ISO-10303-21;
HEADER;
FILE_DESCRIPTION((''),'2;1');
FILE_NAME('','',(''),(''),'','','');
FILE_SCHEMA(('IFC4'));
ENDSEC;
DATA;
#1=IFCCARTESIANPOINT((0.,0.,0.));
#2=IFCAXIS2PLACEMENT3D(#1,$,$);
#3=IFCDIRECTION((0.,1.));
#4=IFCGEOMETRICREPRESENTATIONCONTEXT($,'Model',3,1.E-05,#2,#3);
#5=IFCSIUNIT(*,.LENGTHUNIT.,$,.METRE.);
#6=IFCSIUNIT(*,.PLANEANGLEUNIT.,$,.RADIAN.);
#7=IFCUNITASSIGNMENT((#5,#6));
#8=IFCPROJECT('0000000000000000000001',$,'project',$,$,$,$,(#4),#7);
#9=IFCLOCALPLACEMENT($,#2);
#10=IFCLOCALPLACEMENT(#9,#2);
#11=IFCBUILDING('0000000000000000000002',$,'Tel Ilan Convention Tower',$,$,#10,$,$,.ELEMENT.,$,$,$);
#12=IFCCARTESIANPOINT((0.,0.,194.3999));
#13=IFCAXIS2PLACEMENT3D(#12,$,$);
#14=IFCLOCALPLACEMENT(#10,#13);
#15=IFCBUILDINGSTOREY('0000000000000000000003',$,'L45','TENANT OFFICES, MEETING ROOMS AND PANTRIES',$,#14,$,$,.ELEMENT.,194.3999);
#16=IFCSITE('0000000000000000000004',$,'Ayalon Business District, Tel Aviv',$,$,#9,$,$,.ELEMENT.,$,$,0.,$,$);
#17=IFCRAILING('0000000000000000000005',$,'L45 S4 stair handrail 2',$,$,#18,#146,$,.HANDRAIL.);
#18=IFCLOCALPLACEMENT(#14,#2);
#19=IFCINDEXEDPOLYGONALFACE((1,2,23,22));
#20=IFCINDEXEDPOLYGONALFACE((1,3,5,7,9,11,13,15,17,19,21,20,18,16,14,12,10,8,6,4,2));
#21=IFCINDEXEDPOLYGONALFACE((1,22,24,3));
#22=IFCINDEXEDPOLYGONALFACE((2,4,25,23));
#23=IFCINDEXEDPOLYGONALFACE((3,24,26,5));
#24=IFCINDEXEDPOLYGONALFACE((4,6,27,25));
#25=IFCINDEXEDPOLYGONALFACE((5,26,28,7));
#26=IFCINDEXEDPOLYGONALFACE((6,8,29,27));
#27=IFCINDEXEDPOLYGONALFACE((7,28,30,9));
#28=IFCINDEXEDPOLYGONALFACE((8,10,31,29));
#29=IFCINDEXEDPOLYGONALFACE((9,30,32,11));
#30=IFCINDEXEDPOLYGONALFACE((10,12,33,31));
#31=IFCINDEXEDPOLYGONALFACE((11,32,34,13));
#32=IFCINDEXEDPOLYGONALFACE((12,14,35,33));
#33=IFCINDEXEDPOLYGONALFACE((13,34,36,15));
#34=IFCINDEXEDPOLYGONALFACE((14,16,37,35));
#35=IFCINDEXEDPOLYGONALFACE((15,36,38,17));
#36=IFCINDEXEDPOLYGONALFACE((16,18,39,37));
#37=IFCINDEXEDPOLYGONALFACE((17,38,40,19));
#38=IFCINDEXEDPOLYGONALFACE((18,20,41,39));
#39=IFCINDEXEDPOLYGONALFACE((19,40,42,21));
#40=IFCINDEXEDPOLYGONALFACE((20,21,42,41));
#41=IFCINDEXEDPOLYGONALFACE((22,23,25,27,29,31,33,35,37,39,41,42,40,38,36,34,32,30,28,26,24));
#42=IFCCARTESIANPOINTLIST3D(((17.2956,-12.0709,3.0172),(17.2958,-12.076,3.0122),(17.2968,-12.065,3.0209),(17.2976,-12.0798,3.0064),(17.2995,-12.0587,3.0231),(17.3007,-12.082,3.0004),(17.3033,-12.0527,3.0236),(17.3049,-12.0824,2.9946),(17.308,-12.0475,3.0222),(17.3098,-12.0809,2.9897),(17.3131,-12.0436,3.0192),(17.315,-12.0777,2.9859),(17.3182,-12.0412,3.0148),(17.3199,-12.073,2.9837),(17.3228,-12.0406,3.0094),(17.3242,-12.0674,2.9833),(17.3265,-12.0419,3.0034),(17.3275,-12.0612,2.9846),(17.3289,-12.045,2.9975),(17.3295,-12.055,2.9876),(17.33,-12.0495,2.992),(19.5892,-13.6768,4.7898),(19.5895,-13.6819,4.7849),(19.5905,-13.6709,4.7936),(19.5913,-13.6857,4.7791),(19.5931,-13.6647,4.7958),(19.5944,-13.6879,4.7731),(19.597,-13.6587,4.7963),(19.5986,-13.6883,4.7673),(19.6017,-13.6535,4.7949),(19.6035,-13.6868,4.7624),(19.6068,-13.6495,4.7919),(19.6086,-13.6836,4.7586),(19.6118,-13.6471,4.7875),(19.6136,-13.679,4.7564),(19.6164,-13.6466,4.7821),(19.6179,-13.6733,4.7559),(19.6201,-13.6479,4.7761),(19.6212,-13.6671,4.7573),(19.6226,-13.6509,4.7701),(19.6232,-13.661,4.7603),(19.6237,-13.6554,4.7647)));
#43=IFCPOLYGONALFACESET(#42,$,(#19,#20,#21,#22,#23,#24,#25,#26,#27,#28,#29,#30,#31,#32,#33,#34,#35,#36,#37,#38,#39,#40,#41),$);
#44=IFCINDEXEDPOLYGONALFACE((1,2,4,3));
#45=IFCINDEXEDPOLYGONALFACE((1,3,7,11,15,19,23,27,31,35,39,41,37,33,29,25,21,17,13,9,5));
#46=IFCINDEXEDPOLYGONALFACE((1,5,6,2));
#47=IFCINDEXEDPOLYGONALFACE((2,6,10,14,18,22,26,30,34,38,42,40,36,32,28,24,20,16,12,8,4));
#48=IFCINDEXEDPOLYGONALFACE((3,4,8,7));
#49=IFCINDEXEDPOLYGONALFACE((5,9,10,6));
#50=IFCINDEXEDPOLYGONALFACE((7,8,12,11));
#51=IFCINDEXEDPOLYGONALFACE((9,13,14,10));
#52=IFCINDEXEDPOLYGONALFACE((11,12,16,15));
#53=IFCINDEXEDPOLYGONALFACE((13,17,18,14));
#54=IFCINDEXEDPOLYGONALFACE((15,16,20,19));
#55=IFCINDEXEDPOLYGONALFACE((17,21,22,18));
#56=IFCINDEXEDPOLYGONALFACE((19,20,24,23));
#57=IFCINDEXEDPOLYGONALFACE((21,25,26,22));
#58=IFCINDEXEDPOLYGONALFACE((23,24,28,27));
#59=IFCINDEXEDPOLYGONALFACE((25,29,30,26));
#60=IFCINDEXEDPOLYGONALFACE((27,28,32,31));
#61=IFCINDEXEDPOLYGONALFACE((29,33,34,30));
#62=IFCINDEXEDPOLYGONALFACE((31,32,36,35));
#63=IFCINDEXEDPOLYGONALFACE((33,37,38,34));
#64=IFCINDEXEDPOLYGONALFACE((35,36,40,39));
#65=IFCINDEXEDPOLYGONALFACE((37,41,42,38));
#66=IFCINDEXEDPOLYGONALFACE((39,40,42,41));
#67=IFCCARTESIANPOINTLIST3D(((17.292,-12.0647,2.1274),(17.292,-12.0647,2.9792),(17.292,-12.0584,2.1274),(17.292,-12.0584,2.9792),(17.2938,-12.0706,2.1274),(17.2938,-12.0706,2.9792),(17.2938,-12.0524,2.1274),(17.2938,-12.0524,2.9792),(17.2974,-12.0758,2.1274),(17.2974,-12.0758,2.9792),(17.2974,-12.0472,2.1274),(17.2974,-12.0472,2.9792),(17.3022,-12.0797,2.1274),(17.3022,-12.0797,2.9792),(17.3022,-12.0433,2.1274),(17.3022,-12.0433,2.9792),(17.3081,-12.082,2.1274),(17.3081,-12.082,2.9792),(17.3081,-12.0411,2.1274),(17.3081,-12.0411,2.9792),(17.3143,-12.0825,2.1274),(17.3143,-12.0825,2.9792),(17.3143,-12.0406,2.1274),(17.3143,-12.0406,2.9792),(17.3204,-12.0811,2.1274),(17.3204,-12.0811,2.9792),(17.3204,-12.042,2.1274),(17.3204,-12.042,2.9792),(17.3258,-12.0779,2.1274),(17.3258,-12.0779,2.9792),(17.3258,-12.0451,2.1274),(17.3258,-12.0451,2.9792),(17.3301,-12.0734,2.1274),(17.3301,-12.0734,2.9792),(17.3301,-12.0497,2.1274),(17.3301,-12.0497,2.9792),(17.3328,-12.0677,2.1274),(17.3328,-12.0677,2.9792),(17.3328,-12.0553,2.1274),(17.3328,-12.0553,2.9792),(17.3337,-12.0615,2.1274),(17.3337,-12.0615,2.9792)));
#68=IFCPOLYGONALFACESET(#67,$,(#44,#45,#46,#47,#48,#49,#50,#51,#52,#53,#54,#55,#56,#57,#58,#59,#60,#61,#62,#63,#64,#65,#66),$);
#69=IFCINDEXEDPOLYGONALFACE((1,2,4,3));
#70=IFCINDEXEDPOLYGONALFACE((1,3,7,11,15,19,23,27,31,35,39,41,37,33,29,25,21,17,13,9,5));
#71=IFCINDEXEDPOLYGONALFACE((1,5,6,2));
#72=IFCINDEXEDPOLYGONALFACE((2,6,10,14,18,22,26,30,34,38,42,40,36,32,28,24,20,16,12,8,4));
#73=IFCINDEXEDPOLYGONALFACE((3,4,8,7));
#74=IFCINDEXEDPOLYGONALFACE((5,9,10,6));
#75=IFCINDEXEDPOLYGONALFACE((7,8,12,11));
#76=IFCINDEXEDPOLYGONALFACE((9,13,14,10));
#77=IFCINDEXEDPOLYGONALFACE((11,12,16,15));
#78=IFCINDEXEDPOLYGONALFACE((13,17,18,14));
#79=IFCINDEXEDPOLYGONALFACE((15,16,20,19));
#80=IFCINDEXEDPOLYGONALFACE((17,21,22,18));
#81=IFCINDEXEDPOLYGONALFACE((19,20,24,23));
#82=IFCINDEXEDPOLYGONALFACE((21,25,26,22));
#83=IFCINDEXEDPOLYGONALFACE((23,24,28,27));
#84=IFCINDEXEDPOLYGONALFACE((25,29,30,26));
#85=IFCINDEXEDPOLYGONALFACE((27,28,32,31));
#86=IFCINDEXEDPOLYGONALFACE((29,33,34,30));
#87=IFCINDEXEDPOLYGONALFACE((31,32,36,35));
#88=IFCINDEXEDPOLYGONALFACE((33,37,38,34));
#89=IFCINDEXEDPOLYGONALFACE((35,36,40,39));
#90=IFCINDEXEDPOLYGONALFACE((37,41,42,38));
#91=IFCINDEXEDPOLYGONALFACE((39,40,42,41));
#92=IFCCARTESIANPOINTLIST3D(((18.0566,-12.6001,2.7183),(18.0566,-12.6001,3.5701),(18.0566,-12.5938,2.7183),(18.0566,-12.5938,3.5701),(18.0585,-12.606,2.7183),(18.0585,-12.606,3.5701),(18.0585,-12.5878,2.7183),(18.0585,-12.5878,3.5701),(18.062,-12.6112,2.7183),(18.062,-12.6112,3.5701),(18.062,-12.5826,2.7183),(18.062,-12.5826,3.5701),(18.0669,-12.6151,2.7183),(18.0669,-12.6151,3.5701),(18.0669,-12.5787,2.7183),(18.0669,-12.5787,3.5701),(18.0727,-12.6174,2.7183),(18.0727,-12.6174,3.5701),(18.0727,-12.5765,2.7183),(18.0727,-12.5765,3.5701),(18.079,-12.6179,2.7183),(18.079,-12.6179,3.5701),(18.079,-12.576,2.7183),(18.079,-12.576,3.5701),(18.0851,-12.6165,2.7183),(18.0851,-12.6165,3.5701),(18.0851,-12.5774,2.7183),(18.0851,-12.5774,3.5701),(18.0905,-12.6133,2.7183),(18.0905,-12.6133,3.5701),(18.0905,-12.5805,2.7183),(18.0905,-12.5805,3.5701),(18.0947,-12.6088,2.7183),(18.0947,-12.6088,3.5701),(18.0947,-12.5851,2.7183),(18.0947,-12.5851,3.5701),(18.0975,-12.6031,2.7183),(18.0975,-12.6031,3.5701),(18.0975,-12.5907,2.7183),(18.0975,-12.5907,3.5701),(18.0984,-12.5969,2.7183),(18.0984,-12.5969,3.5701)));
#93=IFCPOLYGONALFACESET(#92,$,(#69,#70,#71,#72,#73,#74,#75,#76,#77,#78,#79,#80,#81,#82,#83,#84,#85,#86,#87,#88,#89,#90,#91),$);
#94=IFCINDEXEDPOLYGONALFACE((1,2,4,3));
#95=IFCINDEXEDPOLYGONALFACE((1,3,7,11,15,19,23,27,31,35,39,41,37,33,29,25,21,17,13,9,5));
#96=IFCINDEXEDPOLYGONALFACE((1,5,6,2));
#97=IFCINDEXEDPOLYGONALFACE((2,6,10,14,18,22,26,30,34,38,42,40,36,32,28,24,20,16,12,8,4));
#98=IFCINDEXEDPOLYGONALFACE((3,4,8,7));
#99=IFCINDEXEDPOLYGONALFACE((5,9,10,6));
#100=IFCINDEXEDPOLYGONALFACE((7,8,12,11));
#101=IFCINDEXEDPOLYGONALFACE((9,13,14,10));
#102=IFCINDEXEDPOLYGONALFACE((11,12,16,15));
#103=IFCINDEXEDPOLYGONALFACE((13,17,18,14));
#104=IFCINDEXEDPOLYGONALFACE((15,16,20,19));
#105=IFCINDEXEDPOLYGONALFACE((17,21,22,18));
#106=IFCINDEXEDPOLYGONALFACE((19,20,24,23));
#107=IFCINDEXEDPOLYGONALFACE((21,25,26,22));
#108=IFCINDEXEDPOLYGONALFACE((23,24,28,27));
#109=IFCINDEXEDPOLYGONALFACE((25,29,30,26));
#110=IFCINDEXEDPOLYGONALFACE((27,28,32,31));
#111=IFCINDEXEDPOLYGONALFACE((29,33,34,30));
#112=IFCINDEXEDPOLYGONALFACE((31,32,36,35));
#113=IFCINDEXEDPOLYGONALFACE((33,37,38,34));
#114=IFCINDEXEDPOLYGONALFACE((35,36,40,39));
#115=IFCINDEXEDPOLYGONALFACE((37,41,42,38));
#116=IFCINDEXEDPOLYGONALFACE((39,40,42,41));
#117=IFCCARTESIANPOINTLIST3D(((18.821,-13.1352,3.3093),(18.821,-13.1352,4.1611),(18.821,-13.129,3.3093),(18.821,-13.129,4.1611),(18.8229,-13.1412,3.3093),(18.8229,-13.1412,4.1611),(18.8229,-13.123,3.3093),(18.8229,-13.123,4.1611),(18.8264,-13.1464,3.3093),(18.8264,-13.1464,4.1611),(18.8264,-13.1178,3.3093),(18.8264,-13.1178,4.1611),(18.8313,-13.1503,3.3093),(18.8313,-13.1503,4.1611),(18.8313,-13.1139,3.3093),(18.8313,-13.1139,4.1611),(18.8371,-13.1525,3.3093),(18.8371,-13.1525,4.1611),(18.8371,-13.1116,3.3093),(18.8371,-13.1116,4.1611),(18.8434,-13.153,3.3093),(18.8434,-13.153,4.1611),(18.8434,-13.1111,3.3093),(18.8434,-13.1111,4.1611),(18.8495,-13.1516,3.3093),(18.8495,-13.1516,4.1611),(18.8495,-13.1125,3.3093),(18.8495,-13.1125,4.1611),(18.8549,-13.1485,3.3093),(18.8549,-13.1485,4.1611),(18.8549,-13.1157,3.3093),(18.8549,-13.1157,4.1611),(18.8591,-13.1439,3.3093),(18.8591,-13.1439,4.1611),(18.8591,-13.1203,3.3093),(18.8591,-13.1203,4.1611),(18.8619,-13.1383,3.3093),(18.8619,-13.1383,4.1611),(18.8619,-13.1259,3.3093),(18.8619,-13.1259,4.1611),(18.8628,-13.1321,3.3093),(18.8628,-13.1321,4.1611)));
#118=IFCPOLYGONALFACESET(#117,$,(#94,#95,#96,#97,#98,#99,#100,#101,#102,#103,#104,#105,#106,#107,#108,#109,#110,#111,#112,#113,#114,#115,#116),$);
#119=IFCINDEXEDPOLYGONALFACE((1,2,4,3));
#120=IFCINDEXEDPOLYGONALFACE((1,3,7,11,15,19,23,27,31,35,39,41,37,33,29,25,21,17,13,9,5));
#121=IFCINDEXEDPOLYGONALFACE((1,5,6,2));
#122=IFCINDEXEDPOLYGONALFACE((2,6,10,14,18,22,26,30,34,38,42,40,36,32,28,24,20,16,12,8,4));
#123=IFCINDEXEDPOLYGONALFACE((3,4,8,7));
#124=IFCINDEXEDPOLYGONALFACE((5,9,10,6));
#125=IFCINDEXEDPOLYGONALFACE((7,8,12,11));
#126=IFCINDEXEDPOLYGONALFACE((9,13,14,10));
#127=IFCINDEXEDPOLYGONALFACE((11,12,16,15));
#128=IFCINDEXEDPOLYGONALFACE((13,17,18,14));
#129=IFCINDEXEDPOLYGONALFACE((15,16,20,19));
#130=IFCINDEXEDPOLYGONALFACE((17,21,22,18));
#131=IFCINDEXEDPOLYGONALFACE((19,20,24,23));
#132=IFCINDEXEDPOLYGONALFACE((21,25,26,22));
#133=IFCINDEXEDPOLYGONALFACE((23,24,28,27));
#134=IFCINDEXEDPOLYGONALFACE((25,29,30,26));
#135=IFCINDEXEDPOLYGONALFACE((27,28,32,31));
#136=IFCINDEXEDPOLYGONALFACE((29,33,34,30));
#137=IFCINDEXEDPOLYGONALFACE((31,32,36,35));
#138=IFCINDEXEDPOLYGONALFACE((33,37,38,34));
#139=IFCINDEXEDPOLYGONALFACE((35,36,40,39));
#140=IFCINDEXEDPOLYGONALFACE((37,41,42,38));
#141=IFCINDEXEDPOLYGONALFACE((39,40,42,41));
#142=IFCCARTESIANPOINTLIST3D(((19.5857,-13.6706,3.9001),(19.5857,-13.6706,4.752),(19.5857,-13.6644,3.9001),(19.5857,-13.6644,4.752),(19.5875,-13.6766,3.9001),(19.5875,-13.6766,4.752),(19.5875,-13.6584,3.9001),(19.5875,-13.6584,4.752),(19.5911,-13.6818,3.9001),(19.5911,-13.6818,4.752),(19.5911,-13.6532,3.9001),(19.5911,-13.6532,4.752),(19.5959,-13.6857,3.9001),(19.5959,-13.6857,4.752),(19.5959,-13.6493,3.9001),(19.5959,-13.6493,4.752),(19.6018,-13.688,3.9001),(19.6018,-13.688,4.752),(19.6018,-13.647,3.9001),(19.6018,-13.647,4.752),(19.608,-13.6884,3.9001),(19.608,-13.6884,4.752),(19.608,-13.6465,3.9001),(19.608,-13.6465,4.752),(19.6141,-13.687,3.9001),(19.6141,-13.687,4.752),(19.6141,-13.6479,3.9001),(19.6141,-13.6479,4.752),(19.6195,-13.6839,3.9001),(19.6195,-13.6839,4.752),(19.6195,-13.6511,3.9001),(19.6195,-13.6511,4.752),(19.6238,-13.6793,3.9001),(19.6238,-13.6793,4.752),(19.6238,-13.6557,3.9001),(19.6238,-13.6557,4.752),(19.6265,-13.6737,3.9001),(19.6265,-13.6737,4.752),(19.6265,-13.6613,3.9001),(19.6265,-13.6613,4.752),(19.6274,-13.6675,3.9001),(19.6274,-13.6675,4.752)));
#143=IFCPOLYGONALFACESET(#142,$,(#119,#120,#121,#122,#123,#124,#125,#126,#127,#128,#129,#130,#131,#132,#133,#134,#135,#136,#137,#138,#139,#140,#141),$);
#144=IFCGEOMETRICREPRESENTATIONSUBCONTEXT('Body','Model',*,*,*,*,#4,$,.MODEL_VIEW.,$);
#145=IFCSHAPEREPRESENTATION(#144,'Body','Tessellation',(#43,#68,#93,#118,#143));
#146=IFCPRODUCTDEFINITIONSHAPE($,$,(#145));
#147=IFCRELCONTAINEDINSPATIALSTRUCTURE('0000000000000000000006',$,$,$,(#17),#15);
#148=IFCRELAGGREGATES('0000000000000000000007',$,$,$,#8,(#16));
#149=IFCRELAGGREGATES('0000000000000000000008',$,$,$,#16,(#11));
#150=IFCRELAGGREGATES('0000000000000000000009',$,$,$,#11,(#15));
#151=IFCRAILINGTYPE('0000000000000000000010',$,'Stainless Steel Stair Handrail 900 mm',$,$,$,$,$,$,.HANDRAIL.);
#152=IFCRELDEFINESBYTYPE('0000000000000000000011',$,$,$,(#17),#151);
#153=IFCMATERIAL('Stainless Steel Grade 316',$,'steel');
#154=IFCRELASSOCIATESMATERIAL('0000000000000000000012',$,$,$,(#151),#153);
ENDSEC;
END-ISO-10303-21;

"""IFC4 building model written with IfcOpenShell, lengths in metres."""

from ifc_helpers import new_model, si_unit, direction, frame, origin, origin_2d, place, context, subcontext, project, spatial, circle, extrude, material, type_object, element, save


model = new_model("IFC4")

# Units and contexts
model_context = context("Model", 3, precision=1e-05, world=origin(), true_north=direction((0.0, 1.0)))
body_context = subcontext(model_context, "Body", "Model", "MODEL_VIEW")
ifc_project = project(units=[si_unit("LENGTHUNIT", "METRE"), si_unit("PLANEANGLEUNIT", "RADIAN")], contexts=[model_context])

# Site, building, storey
site_placement = place(None, origin())
site = spatial("IfcSite", under=ifc_project, at=site_placement, Name="Ayalon Business District, Tel Aviv", CompositionType="ELEMENT", RefElevation=0.0)
building_placement = place(site_placement, origin())
building = spatial("IfcBuilding", under=site, at=building_placement, Name="Tel Ilan Convention Tower", CompositionType="ELEMENT")
storey_placement = place(building_placement, frame((0.0, 0.0, 194.3999)))
storey = spatial("IfcBuildingStorey", under=building, at=storey_placement, Name="L45", Description="TENANT OFFICES, MEETING ROOMS AND PANTRIES", CompositionType="ELEMENT", Elevation=194.3999)

# Railing
ifc_material_1 = material(Name="Stainless Steel Grade 316", Category="steel")
railing_type_1 = type_object("IfcRailingType", Name="Stainless Steel Stair Handrail 900 mm", PredefinedType="HANDRAIL", material=ifc_material_1)
railing_1_placement = place(storey_placement, frame((17.3127, -12.0615, 2.1274)))
element("IfcRailing", 1, at=railing_1_placement, inside=storey, type_object=railing_type_1, Name="L45 S4 stair handrail 2", PredefinedType="HANDRAIL", context=body_context, shape_type="SweptSolid", body=[
    extrude(circle(Radius=0.0239, at=origin_2d()), frame((0.0, 0.0, 0.876), z_axis=(0.692123, -0.484597, 0.534913), x_axis=(0.57355, 0.81917, 0.0)), (0.0, 0.0, 1.0), 3.314),
    extrude(circle(Radius=0.021, at=origin_2d()), origin(), (0.0, 0.0, 1.0), 0.8518),
    extrude(circle(Radius=0.021, at=origin_2d()), frame((0.7646, -0.5354, 0.5908)), (0.0, 0.0, 1.0), 0.8518),
    extrude(circle(Radius=0.021, at=origin_2d()), frame((1.5291, -1.0706, 1.1819)), (0.0, 0.0, 1.0), 0.8518),
    extrude(circle(Radius=0.021, at=origin_2d()), frame((2.2937, -1.606, 1.7727)), (0.0, 0.0, 1.0), 0.8518),
])

save(model, "model.ifc")
